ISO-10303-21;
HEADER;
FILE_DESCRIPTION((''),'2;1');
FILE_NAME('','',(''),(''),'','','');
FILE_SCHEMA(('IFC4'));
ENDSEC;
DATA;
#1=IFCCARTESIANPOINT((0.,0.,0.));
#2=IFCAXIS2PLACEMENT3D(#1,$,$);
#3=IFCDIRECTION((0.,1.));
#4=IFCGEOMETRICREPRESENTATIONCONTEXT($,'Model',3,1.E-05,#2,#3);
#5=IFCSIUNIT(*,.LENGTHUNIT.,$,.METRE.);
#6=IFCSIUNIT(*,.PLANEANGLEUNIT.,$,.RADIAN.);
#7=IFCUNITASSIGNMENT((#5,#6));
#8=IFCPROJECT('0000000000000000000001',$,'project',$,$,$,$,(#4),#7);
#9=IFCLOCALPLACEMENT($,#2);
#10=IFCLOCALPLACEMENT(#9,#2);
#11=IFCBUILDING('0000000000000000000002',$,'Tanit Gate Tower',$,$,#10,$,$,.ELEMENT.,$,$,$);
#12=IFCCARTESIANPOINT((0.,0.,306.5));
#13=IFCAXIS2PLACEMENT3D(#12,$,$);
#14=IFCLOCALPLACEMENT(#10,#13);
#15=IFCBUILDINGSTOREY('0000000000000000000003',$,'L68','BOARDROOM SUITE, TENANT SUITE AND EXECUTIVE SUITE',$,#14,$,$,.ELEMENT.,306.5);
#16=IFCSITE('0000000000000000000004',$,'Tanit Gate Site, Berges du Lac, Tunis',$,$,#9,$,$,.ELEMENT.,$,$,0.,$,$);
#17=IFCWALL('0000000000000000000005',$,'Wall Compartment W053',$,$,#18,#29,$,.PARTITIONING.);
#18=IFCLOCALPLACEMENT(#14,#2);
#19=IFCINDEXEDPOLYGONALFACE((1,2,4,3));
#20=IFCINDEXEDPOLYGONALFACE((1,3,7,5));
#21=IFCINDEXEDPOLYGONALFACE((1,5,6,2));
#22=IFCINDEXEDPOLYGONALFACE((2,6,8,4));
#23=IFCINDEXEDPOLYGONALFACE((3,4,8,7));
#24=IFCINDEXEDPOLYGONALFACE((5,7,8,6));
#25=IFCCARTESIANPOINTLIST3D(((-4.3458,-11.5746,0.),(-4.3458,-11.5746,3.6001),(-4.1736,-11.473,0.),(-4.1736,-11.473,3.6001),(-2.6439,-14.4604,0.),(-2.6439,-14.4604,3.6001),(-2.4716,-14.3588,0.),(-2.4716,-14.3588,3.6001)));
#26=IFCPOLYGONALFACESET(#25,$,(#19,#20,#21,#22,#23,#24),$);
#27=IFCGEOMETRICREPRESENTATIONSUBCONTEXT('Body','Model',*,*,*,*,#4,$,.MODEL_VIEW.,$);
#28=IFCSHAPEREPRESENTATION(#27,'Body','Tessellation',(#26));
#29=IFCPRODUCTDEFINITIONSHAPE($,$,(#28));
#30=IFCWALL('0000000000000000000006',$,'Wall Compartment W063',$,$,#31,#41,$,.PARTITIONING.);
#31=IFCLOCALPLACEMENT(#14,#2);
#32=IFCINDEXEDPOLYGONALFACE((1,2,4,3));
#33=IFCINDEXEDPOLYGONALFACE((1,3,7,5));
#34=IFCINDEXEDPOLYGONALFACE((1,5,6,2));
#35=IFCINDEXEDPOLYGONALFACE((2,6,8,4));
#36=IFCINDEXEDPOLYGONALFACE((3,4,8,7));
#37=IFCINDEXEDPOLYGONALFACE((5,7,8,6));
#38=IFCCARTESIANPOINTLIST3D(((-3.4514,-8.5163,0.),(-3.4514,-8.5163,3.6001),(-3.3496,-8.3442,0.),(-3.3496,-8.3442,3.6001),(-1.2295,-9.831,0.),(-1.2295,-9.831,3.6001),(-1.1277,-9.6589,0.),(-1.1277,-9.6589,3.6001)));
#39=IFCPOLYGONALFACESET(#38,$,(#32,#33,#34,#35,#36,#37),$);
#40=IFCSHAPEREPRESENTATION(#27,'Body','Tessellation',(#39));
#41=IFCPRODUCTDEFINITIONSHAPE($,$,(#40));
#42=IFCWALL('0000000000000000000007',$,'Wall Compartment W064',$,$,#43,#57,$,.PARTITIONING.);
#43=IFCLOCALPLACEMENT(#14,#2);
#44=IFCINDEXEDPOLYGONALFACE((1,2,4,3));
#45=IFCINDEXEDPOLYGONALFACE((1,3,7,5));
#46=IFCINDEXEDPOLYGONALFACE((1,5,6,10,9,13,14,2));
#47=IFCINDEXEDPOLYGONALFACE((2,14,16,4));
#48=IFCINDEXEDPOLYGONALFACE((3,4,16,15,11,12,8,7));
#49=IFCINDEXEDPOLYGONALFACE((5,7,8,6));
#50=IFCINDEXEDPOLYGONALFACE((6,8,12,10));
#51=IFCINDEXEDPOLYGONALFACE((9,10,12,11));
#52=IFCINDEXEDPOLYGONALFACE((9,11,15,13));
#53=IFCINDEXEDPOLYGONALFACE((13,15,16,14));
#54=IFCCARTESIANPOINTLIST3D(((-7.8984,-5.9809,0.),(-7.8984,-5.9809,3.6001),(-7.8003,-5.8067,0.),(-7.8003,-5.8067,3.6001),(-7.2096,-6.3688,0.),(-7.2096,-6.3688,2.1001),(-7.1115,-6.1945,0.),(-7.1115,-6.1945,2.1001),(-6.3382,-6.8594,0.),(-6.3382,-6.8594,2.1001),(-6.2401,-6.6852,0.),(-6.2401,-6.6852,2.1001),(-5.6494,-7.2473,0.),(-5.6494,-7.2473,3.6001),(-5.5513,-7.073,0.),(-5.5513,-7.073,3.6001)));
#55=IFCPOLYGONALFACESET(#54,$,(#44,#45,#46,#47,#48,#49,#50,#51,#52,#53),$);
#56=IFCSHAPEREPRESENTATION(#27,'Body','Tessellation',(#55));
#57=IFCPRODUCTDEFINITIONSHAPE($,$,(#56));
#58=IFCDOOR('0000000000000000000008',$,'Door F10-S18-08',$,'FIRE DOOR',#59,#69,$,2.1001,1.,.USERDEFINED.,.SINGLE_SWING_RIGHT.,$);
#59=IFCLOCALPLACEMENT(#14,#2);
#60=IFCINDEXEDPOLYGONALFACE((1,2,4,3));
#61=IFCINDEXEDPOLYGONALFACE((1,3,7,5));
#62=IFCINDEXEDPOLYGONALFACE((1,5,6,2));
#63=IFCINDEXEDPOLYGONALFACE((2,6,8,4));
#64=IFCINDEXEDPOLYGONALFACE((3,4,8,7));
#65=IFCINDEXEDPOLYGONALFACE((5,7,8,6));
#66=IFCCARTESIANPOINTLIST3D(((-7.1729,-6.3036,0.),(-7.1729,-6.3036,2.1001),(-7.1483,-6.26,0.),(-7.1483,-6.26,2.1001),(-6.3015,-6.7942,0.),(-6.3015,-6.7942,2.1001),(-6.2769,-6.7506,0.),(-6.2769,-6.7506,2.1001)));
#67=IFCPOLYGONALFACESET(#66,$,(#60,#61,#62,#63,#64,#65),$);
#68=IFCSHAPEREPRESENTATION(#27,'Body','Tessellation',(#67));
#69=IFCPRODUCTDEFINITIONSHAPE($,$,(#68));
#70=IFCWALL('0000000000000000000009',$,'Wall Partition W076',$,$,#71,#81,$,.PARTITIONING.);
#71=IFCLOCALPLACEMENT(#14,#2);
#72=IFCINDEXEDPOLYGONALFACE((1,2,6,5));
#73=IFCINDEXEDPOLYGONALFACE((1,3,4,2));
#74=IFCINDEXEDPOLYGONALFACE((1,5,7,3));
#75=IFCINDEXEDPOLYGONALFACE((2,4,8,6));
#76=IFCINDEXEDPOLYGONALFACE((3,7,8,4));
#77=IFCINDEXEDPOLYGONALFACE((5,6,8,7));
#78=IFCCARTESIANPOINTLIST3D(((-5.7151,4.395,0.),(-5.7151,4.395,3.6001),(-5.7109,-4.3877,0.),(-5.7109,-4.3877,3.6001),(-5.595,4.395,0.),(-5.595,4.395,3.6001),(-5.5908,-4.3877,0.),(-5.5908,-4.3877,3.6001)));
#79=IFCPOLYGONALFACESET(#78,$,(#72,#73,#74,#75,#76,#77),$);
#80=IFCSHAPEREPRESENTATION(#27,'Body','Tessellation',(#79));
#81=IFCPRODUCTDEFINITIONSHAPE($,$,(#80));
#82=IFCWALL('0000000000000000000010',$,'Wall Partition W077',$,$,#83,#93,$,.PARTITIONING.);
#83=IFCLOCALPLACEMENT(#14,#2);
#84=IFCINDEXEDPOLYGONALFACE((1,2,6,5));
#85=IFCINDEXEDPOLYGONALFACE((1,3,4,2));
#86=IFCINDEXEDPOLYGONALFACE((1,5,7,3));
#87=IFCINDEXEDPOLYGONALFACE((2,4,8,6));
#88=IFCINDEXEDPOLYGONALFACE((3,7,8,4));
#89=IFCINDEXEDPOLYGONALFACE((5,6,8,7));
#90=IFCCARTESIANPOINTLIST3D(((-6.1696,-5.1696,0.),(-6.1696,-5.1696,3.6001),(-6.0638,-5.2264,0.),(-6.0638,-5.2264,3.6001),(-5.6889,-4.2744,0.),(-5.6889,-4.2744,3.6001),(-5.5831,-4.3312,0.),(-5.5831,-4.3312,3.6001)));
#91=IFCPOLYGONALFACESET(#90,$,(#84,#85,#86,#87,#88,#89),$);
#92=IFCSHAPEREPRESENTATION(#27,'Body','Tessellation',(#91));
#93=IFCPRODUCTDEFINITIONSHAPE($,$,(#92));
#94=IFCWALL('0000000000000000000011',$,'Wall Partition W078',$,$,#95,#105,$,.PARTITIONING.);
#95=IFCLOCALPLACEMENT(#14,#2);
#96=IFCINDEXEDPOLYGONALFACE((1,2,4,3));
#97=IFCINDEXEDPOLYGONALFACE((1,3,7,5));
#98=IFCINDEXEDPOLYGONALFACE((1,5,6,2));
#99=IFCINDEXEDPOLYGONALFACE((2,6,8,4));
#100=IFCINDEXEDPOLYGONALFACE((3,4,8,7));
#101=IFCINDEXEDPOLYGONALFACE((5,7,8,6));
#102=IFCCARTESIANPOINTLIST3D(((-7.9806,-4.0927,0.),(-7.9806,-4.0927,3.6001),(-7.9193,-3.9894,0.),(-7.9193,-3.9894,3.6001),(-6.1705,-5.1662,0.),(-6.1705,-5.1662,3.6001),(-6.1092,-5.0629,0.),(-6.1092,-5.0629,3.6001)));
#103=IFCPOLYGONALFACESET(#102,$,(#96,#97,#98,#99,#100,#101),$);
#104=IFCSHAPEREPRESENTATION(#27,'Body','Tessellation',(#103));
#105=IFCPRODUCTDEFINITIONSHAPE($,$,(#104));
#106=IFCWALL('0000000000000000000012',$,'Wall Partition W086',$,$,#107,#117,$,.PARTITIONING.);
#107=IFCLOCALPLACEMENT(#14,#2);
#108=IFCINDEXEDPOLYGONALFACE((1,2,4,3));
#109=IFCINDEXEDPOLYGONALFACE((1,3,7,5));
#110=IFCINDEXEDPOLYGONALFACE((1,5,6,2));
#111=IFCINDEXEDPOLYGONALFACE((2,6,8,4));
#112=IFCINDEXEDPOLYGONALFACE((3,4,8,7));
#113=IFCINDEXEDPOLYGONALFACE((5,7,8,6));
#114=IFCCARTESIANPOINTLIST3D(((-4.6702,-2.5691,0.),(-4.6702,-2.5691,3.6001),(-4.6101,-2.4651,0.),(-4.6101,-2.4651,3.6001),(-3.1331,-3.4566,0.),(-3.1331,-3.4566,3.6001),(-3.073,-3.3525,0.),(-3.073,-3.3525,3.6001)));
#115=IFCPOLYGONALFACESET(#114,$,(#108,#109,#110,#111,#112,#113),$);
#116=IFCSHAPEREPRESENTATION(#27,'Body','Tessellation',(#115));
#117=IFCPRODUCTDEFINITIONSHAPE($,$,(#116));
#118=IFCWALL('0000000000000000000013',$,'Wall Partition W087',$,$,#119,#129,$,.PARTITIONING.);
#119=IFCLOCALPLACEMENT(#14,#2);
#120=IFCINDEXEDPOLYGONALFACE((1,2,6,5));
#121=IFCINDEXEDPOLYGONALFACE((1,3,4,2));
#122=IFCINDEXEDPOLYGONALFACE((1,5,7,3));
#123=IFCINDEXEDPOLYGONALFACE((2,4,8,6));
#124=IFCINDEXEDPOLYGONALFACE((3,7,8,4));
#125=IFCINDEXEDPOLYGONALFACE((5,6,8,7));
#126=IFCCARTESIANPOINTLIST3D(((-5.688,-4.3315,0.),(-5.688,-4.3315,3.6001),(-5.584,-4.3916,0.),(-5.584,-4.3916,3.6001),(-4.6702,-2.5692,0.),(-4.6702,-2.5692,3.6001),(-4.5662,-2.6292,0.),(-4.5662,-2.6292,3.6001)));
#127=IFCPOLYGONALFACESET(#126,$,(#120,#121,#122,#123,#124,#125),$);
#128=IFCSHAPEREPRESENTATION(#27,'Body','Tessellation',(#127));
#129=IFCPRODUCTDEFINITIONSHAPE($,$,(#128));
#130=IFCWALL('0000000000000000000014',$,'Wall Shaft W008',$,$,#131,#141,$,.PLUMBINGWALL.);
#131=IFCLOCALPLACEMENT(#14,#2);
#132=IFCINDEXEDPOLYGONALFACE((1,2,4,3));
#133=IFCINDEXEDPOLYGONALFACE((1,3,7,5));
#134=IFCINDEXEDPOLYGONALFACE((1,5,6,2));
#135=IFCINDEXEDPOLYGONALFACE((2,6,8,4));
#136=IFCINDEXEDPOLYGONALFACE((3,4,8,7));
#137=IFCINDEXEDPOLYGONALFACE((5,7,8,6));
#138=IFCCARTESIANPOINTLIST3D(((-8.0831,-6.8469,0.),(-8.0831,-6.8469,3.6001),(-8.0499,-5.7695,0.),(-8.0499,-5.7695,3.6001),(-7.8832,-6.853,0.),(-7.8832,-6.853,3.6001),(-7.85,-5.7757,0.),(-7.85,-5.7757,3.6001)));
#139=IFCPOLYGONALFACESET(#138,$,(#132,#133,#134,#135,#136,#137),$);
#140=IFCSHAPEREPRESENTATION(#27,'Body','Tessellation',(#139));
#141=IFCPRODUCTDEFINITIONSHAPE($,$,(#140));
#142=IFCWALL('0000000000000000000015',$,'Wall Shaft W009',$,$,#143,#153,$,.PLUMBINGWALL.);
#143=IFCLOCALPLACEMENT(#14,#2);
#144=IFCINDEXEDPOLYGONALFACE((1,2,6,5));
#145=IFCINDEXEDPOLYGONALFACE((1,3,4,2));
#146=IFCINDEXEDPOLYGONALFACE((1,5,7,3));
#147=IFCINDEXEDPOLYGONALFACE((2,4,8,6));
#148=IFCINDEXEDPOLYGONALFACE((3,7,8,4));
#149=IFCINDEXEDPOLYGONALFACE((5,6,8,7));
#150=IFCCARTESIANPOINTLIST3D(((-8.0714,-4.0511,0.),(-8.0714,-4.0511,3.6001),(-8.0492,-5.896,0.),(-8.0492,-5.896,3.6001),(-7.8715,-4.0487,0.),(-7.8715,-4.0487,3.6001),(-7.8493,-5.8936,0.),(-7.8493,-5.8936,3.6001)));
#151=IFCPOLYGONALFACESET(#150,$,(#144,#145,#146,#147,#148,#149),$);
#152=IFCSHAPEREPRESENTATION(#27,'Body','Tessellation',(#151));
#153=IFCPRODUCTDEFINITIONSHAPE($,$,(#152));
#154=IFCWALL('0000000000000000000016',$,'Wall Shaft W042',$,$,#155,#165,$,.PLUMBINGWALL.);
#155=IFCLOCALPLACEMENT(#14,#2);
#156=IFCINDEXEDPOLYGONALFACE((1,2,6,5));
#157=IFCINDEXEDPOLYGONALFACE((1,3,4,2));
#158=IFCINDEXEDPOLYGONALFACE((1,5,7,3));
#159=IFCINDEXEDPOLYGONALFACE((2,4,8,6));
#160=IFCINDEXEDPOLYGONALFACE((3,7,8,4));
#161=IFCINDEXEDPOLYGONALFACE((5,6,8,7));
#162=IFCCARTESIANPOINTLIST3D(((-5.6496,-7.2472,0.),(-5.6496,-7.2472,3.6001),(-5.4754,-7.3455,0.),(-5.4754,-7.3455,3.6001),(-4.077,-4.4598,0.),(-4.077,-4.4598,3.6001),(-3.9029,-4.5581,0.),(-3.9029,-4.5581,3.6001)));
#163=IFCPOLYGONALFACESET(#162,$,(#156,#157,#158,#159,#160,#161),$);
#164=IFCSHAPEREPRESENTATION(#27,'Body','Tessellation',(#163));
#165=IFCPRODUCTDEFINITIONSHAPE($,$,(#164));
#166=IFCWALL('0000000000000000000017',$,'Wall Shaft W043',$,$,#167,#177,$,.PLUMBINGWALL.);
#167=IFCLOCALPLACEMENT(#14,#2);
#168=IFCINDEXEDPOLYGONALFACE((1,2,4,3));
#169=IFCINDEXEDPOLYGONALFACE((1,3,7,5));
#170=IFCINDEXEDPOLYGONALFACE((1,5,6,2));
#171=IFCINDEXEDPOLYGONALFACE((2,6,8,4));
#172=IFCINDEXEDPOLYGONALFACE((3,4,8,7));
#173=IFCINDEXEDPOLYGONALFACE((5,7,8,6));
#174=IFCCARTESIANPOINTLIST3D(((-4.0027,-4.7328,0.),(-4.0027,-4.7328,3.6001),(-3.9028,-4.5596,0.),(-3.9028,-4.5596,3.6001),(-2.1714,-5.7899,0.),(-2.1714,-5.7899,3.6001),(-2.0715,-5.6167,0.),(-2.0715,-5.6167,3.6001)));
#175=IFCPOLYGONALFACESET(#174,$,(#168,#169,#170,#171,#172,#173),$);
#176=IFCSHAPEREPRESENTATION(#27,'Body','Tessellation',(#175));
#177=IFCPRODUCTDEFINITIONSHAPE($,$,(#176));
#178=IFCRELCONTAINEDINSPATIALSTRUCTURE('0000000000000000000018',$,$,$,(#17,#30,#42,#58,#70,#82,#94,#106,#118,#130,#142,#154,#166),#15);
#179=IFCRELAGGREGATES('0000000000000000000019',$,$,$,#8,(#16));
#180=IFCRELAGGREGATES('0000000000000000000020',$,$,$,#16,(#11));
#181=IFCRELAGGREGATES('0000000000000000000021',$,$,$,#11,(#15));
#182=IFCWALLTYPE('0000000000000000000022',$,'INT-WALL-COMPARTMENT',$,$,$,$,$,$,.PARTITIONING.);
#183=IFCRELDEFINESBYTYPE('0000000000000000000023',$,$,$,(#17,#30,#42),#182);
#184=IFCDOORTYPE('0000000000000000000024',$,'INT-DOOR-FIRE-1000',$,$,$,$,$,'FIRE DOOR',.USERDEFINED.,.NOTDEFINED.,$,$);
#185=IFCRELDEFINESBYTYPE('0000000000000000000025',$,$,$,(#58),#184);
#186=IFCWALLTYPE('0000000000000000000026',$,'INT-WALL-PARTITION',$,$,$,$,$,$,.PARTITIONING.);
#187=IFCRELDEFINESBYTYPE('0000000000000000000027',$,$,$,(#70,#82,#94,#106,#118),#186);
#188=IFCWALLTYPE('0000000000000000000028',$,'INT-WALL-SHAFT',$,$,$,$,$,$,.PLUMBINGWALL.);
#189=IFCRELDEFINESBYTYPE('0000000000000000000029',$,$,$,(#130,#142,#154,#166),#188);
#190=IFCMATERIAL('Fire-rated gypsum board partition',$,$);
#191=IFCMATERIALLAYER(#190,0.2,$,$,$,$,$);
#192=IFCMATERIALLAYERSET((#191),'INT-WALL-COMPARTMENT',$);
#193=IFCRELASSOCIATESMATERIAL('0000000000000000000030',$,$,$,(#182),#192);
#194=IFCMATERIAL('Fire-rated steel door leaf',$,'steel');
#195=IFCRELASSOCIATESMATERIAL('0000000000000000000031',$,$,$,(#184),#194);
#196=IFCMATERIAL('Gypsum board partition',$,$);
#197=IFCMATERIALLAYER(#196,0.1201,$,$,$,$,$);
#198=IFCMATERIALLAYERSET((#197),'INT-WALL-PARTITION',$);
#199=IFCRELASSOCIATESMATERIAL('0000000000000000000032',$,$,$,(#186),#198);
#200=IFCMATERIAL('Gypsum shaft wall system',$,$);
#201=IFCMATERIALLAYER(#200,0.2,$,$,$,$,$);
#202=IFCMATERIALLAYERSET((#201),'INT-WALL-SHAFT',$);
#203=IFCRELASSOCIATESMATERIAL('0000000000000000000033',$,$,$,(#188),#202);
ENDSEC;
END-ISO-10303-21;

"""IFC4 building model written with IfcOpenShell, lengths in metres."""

from ifc_helpers import new_model, si_unit, direction, frame, frame_2d, origin, place, context, subcontext, project, spatial, rectangle, extrude, material, layer, layer_set, type_object, element, fill, save


model = new_model("IFC4")

# Units and contexts
model_context = context("Model", 3, precision=1e-05, world=origin(), true_north=direction((0.0, 1.0)))
body_context = subcontext(model_context, "Body", "Model", "MODEL_VIEW")
ifc_project = project(units=[si_unit("LENGTHUNIT", "METRE"), si_unit("PLANEANGLEUNIT", "RADIAN")], contexts=[model_context])

# Site, building, storey
site_placement = place(None, origin())
site = spatial("IfcSite", under=ifc_project, at=site_placement, Name="Tanit Gate Site, Berges du Lac, Tunis", CompositionType="ELEMENT", RefElevation=0.0)
building_placement = place(site_placement, origin())
building = spatial("IfcBuilding", under=site, at=building_placement, Name="Tanit Gate Tower", CompositionType="ELEMENT")
storey_placement = place(building_placement, frame((0.0, 0.0, 306.5)))
storey = spatial("IfcBuildingStorey", under=building, at=storey_placement, Name="L68", Description="BOARDROOM SUITE, TENANT SUITE AND EXECUTIVE SUITE", CompositionType="ELEMENT", Elevation=306.5)

# Walls
ifc_material_1 = material(Name="Fire-rated gypsum board partition")
ifc_layer_1 = layer(ifc_material_1, 0.2)
ifc_layer_set_1 = layer_set([ifc_layer_1], Name="INT-WALL-COMPARTMENT")
wall_type_1 = type_object("IfcWallType", Name="INT-WALL-COMPARTMENT", PredefinedType="PARTITIONING", material=ifc_layer_set_1)
wall_1_placement = place(storey_placement, frame((-4.2598, -11.5237, 0.0), z_axis=(0.0, 0.0, 1.0), x_axis=(0.507997, -0.861359, 0.0)))
element("IfcWall", 1, at=wall_1_placement, inside=storey, type_object=wall_type_1, Name="Wall Compartment W053", PredefinedType="PARTITIONING", context=body_context, shape_type="SweptSolid", body=[
    extrude(rectangle(XDim=3.3503, YDim=0.2, at=frame_2d((1.6753, 0.0))), origin(), (0.0, 0.0, 1.0), 3.6001),
])
wall_2_placement = place(storey_placement, frame((-3.4006, -8.4302, 0.0), z_axis=(0.0, 0.0, 1.0), x_axis=(0.860631, -0.509229, 0.0)))
element("IfcWall", 2, at=wall_2_placement, inside=storey, type_object=wall_type_1, Name="Wall Compartment W063", PredefinedType="PARTITIONING", context=body_context, shape_type="SweptSolid", body=[
    extrude(rectangle(XDim=2.5818, YDim=0.2, at=frame_2d((1.291, 0.0))), origin(), (0.0, 0.0, 1.0), 3.6001),
])

# Wall, opening, door
wall_3_placement = place(storey_placement, frame((-7.8494, -5.8938, 0.0), z_axis=(0.0, 0.0, 1.0), x_axis=(0.871363, -0.490638, 0.0)))
wall_3 = element("IfcWall", 3, at=wall_3_placement, inside=storey, type_object=wall_type_1, Name="Wall Compartment W064", PredefinedType="PARTITIONING", context=body_context, shape_type="SweptSolid", body=[
    extrude(rectangle(XDim=2.5811, YDim=0.2, at=frame_2d((1.2905, 0.0))), origin(), (0.0, 0.0, 1.0), 3.6001),
])
opening_1_placement = place(wall_3_placement, frame((0.7905, 0.0, 0.0)))
opening_1 = element("IfcOpeningElement", 4, at=opening_1_placement, cuts=wall_3, PredefinedType="OPENING", context=body_context, shape_type="SweptSolid", body=[
    extrude(rectangle(XDim=1.0, YDim=2.1001, at=frame_2d((0.5, 1.05))), frame((0.0, 0.1099, 0.0), z_axis=(0.0, -1.0, 0.0), x_axis=(1.0, 0.0, 0.0)), (0.0, 0.0, 1.0), 0.22),
])
ifc_material_2 = material(Name="Fire-rated steel door leaf", Category="steel")
door_type_1 = type_object("IfcDoorType", Name="INT-DOOR-FIRE-1000", ElementType="FIRE DOOR", OperationType="NOTDEFINED", PredefinedType="USERDEFINED", material=ifc_material_2)
door_1_placement = place(opening_1_placement, origin())
door_1 = element("IfcDoor", 5, at=door_1_placement, inside=storey, type_object=door_type_1, Name="Door F10-S18-08", ObjectType="FIRE DOOR", OperationType="SINGLE_SWING_RIGHT", OverallHeight=2.1001, OverallWidth=1.0, PredefinedType="USERDEFINED", context=body_context, shape_type="SweptSolid", body=[
    extrude(rectangle(XDim=1.0, YDim=2.1001, at=frame_2d((0.5, 1.05))), frame((0.0, 0.0249, 0.0), z_axis=(0.0, -1.0, 0.0), x_axis=(1.0, 0.0, 0.0)), (0.0, 0.0, 1.0), 0.05),
])
fill(opening_1, door_1)

# Walls
ifc_material_3 = material(Name="Gypsum board partition")
ifc_layer_2 = layer(ifc_material_3, 0.1201)
ifc_layer_set_2 = layer_set([ifc_layer_2], Name="INT-WALL-PARTITION")
wall_type_2 = type_object("IfcWallType", Name="INT-WALL-PARTITION", PredefinedType="PARTITIONING", material=ifc_layer_set_2)
wall_4_placement = place(storey_placement, frame((-5.6509, -4.3877, 0.0), z_axis=(0.0, 0.0, 1.0), x_axis=(-0.000473, 1.0, 0.0)))
element("IfcWall", 6, at=wall_4_placement, inside=storey, type_object=wall_type_2, Name="Wall Partition W076", PredefinedType="PARTITIONING", context=body_context, shape_type="SweptSolid", body=[
    extrude(rectangle(XDim=8.7827, YDim=0.1201, at=frame_2d((4.3914, 0.0))), origin(), (0.0, 0.0, 1.0), 3.6001),
])
wall_5_placement = place(storey_placement, frame((-6.1167, -5.198, 0.0), z_axis=(0.0, 0.0, 1.0), x_axis=(0.473068, 0.881026, 0.0)))
element("IfcWall", 7, at=wall_5_placement, inside=storey, type_object=wall_type_2, Name="Wall Partition W077", PredefinedType="PARTITIONING", context=body_context, shape_type="SweptSolid", body=[
    extrude(rectangle(XDim=1.0161, YDim=0.1201, at=frame_2d((0.5081, 0.0))), origin(), (0.0, 0.0, 1.0), 3.6001),
])
wall_6_placement = place(storey_placement, frame((-7.95, -4.041, 0.0), z_axis=(0.0, 0.0, 1.0), x_axis=(0.860112, -0.510104, 0.0)))
element("IfcWall", 8, at=wall_6_placement, inside=storey, type_object=wall_type_2, Name="Wall Partition W078", PredefinedType="PARTITIONING", context=body_context, shape_type="SweptSolid", body=[
    extrude(rectangle(XDim=2.1045, YDim=0.1201, at=frame_2d((1.0522, 0.0))), origin(), (0.0, 0.0, 1.0), 3.6001),
])
wall_7_placement = place(storey_placement, frame((-4.6401, -2.5171, 0.0), z_axis=(0.0, 0.0, 1.0), x_axis=(0.866025, -0.5, 0.0)))
element("IfcWall", 9, at=wall_7_placement, inside=storey, type_object=wall_type_2, Name="Wall Partition W086", PredefinedType="PARTITIONING", context=body_context, shape_type="SweptSolid", body=[
    extrude(rectangle(XDim=1.7749, YDim=0.1201, at=frame_2d((0.8875, 0.0))), origin(), (0.0, 0.0, 1.0), 3.6001),
])
wall_8_placement = place(storey_placement, frame((-5.636, -4.3616, 0.0), z_axis=(0.0, 0.0, 1.0), x_axis=(0.5001, 0.865968, 0.0)))
element("IfcWall", 10, at=wall_8_placement, inside=storey, type_object=wall_type_2, Name="Wall Partition W087", PredefinedType="PARTITIONING", context=body_context, shape_type="SweptSolid", body=[
    extrude(rectangle(XDim=2.0352, YDim=0.1201, at=frame_2d((1.0176, 0.0))), origin(), (0.0, 0.0, 1.0), 3.6001),
])
ifc_material_4 = material(Name="Gypsum shaft wall system")
ifc_layer_3 = layer(ifc_material_4, 0.2)
ifc_layer_set_3 = layer_set([ifc_layer_3], Name="INT-WALL-SHAFT")
wall_type_3 = type_object("IfcWallType", Name="INT-WALL-SHAFT", PredefinedType="PLUMBINGWALL", material=ifc_layer_set_3)
wall_9_placement = place(storey_placement, frame((-7.95, -5.7725, 0.0), z_axis=(0.0, 0.0, 1.0), x_axis=(-0.030803, -0.999525, 0.0)))
element("IfcWall", 11, at=wall_9_placement, inside=storey, type_object=wall_type_3, Name="Wall Shaft W008", PredefinedType="PLUMBINGWALL", context=body_context, shape_type="SweptSolid", body=[
    extrude(rectangle(XDim=1.0779, YDim=0.2, at=frame_2d((0.5391, 0.0))), origin(), (0.0, 0.0, 1.0), 3.6001),
])
wall_10_placement = place(storey_placement, frame((-7.9714, -4.05, 0.0), z_axis=(0.0, 0.0, 1.0), x_axis=(0.012043, -0.999927, 0.0)))
element("IfcWall", 12, at=wall_10_placement, inside=storey, type_object=wall_type_3, Name="Wall Shaft W009", PredefinedType="PLUMBINGWALL", context=body_context, shape_type="SweptSolid", body=[
    extrude(rectangle(XDim=1.845, YDim=0.2, at=frame_2d((0.9224, 0.0))), origin(), (0.0, 0.0, 1.0), 3.6001),
])

# Walls
wall_11_placement = place(storey_placement, frame((-3.99, -4.509, 0.0), z_axis=(0.0, 0.0, 1.0), x_axis=(-0.491358, -0.870958, 0.0)))
element("IfcWall", 13, at=wall_11_placement, inside=storey, type_object=wall_type_3, Name="Wall Shaft W042", PredefinedType="PLUMBINGWALL", context=body_context, shape_type="SweptSolid", body=[
    extrude(rectangle(XDim=3.2004, YDim=0.2, at=frame_2d((1.6001, 0.0))), origin(), (0.0, 0.0, 1.0), 3.6001),
])
wall_12_placement = place(storey_placement, frame((-3.9526, -4.6462, 0.0), z_axis=(0.0, 0.0, 1.0), x_axis=(0.866061, -0.499939, 0.0)))
element("IfcWall", 14, at=wall_12_placement, inside=storey, type_object=wall_type_3, Name="Wall Shaft W043", PredefinedType="PLUMBINGWALL", context=body_context, shape_type="SweptSolid", body=[
    extrude(rectangle(XDim=2.1145, YDim=0.2, at=frame_2d((1.0571, 0.0))), origin(), (0.0, 0.0, 1.0), 3.6001),
])

save(model, "model.ifc")
